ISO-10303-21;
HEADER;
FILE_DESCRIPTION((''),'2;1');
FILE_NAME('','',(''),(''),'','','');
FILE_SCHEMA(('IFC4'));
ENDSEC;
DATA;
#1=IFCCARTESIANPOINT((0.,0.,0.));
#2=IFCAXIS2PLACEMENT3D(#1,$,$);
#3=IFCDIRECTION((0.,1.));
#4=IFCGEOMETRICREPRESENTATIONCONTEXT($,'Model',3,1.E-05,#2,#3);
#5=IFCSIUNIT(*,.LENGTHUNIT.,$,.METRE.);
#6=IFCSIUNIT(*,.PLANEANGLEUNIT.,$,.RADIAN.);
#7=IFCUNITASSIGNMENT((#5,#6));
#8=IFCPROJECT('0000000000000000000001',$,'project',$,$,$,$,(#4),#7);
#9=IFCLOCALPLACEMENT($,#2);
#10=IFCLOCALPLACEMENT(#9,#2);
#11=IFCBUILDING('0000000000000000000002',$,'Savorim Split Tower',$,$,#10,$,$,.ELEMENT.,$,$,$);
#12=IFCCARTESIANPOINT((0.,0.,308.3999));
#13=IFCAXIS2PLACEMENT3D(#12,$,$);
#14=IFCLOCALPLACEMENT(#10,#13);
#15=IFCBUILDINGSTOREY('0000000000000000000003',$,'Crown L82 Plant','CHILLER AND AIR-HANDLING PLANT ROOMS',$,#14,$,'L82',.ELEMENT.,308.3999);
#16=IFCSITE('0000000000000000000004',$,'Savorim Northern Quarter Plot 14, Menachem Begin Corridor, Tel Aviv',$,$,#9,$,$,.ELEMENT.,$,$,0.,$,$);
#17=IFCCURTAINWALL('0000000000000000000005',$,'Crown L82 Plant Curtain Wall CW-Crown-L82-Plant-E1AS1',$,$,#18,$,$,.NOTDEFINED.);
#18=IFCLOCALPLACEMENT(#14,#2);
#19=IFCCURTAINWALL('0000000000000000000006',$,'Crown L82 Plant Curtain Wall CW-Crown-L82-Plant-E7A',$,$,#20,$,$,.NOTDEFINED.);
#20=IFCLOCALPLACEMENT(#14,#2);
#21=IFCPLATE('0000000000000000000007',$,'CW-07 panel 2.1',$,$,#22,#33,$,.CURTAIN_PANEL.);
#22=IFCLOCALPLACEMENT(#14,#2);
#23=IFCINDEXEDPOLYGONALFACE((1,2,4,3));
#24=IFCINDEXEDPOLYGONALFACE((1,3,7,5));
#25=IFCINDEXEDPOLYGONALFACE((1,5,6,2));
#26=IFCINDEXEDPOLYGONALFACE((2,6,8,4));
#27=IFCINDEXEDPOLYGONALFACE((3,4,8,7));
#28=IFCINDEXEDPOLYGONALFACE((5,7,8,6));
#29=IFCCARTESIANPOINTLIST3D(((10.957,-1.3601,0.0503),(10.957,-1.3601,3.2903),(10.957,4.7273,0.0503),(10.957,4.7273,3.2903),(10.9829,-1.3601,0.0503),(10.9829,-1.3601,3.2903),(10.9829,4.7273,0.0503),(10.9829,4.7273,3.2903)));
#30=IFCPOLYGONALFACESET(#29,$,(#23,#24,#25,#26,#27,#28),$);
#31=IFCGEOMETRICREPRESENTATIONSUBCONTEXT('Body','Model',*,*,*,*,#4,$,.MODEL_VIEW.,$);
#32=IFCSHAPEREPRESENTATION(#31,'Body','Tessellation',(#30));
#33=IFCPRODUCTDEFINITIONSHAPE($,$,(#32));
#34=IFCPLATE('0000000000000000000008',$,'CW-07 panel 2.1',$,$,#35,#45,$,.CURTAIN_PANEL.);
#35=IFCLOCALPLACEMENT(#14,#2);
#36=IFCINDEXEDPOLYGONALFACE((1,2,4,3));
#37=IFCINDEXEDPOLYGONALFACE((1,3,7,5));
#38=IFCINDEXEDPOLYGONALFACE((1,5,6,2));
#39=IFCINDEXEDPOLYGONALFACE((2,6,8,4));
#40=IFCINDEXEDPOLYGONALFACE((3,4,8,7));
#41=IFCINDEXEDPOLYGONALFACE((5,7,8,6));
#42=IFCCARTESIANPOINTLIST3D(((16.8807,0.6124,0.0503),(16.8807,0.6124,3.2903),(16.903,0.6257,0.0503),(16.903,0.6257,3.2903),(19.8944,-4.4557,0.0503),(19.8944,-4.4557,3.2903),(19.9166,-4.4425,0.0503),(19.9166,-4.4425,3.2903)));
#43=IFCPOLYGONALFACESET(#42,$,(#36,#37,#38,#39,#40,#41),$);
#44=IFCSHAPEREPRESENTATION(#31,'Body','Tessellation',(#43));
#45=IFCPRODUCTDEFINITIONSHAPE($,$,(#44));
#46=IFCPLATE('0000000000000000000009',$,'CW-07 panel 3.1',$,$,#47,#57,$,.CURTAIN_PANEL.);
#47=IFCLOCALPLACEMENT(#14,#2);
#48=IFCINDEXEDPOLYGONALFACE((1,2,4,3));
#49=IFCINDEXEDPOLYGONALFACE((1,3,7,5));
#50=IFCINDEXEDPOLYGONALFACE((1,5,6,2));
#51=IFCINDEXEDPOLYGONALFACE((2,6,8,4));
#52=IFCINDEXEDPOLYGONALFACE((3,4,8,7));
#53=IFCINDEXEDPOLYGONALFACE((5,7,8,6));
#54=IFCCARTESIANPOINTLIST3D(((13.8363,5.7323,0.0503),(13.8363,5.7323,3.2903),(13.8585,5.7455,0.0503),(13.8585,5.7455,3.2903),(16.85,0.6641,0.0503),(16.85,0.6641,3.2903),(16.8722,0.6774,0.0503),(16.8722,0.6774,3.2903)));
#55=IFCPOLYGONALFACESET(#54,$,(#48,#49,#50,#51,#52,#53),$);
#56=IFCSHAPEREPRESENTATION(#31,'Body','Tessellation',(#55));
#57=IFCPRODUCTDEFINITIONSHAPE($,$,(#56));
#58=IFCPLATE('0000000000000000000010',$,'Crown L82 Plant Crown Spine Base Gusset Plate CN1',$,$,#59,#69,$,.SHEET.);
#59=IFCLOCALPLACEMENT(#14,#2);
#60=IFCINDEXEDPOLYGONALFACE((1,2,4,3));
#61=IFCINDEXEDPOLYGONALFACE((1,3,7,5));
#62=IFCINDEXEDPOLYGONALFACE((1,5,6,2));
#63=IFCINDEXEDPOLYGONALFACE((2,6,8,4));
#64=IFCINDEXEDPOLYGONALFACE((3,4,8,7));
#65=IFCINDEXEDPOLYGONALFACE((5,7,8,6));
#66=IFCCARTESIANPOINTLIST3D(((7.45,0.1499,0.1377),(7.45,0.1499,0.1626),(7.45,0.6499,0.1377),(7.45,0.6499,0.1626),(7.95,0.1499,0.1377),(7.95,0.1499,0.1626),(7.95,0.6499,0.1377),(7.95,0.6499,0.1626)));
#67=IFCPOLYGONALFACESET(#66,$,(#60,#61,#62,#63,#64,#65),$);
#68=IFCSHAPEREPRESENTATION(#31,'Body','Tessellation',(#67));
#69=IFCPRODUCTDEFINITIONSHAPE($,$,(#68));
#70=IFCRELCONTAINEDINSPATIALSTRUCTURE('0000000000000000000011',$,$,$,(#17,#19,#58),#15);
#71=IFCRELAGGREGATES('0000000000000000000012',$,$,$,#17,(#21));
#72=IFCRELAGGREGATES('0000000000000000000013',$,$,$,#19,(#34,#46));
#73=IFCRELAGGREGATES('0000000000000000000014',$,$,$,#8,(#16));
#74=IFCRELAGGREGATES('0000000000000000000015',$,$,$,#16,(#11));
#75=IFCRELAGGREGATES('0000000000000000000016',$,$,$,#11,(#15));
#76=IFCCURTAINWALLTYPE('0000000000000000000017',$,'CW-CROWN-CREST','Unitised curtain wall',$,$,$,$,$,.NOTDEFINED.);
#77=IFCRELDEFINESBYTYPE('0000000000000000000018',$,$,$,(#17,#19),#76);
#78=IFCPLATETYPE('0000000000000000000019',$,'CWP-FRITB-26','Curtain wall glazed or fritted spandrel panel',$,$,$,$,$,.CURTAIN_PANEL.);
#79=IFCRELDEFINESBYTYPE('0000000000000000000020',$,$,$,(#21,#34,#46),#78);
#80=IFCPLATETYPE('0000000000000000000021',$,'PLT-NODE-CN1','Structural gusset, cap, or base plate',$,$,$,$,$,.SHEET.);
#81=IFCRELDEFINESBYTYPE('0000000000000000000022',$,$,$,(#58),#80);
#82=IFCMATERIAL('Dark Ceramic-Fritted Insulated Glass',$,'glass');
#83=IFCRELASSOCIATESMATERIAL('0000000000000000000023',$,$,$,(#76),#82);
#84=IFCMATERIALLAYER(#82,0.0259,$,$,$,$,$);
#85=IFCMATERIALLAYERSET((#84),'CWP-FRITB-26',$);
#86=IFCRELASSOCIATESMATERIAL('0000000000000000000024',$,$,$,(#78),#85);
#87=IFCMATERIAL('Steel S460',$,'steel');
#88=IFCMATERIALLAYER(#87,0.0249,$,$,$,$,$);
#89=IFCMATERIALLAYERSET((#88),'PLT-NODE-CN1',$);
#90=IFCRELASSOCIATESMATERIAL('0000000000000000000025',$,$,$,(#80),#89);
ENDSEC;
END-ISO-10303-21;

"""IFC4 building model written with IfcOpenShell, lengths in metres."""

from ifc_helpers import new_model, si_unit, direction, frame, origin, origin_2d, place, context, subcontext, project, spatial, rectangle, extrude, material, layer, layer_set, type_object, element, aggregate, save


model = new_model("IFC4")

# Units and contexts
model_context = context("Model", 3, precision=1e-05, world=origin(), true_north=direction((0.0, 1.0)))
body_context = subcontext(model_context, "Body", "Model", "MODEL_VIEW")
ifc_project = project(units=[si_unit("LENGTHUNIT", "METRE"), si_unit("PLANEANGLEUNIT", "RADIAN")], contexts=[model_context])

# Site, building, storey
site_placement = place(None, origin())
site = spatial("IfcSite", under=ifc_project, at=site_placement, Name="Savorim Northern Quarter Plot 14, Menachem Begin Corridor, Tel Aviv", CompositionType="ELEMENT", RefElevation=0.0)
building_placement = place(site_placement, origin())
building = spatial("IfcBuilding", under=site, at=building_placement, Name="Savorim Split Tower", CompositionType="ELEMENT")
storey_placement = place(building_placement, frame((0.0, 0.0, 308.3999)))
storey = spatial("IfcBuildingStorey", under=building, at=storey_placement, Name="Crown L82 Plant", Description="CHILLER AND AIR-HANDLING PLANT ROOMS", LongName="L82", CompositionType="ELEMENT", Elevation=308.3999)

# Curtain walls
ifc_material_1 = material(Name="Dark Ceramic-Fritted Insulated Glass", Category="glass")
curtain_wall_type = type_object("IfcCurtainWallType", Name="CW-CROWN-CREST", Description="Unitised curtain wall", PredefinedType="NOTDEFINED", material=ifc_material_1)
curtain_wall_1_placement = place(storey_placement, origin())
curtain_wall_1 = element("IfcCurtainWall", 1, at=curtain_wall_1_placement, inside=storey, type_object=curtain_wall_type, Name="Crown L82 Plant Curtain Wall CW-Crown-L82-Plant-E1AS1", PredefinedType="NOTDEFINED")
curtain_wall_2_placement = place(storey_placement, origin())
curtain_wall_2 = element("IfcCurtainWall", 2, at=curtain_wall_2_placement, inside=storey, type_object=curtain_wall_type, Name="Crown L82 Plant Curtain Wall CW-Crown-L82-Plant-E7A", PredefinedType="NOTDEFINED")

# Plates
ifc_layer_1 = layer(ifc_material_1, 0.0259)
ifc_layer_set_1 = layer_set([ifc_layer_1], Name="CWP-FRITB-26")
plate_type_1 = type_object("IfcPlateType", Name="CWP-FRITB-26", Description="Curtain wall glazed or fritted spandrel panel", PredefinedType="CURTAIN_PANEL", material=ifc_layer_set_1)
plate_1_placement = place(storey_placement, frame((10.97, 1.6836, 0.0503), z_axis=(0.0, 0.0, 1.0), x_axis=(0.0, -1.0, 0.0)))
plate_1 = element("IfcPlate", 3, at=plate_1_placement, type_object=plate_type_1, Name="CW-07 panel 2.1", PredefinedType="CURTAIN_PANEL", context=body_context, shape_type="SweptSolid", body=[
    extrude(rectangle(XDim=6.0874, YDim=0.0259, at=origin_2d()), origin(), (0.0, 0.0, 1.0), 3.24),
])
aggregate(curtain_wall_1, [plate_1])
plate_2_placement = place(storey_placement, frame((18.3987, -1.915, 0.0503), z_axis=(0.0, 0.0, 1.0), x_axis=(-0.511095, 0.859524, 0.0)))
plate_2 = element("IfcPlate", 4, at=plate_2_placement, type_object=plate_type_1, Name="CW-07 panel 2.1", PredefinedType="CURTAIN_PANEL", context=body_context, shape_type="SweptSolid", body=[
    extrude(rectangle(XDim=5.8965, YDim=0.0259, at=origin_2d()), origin(), (0.0, 0.0, 1.0), 3.24),
])
plate_3_placement = place(storey_placement, frame((15.3542, 3.2048, 0.0503), z_axis=(0.0, 0.0, 1.0), x_axis=(-0.511095, 0.859524, 0.0)))
plate_3 = element("IfcPlate", 5, at=plate_3_placement, type_object=plate_type_1, Name="CW-07 panel 3.1", PredefinedType="CURTAIN_PANEL", context=body_context, shape_type="SweptSolid", body=[
    extrude(rectangle(XDim=5.8965, YDim=0.0259, at=origin_2d()), origin(), (0.0, 0.0, 1.0), 3.24),
])
aggregate(curtain_wall_2, [plate_2, plate_3])
ifc_material_2 = material(Name="Steel S460", Category="steel")
ifc_layer_2 = layer(ifc_material_2, 0.0249)
ifc_layer_set_2 = layer_set([ifc_layer_2], Name="PLT-NODE-CN1")
plate_type_2 = type_object("IfcPlateType", Name="PLT-NODE-CN1", Description="Structural gusset, cap, or base plate", PredefinedType="SHEET", material=ifc_layer_set_2)
plate_4_placement = place(storey_placement, frame((7.7, 0.3999, 0.1377), z_axis=(0.0, 0.0, 1.0), x_axis=(1.0, 0.0, 0.0)))
element("IfcPlate", 6, at=plate_4_placement, inside=storey, type_object=plate_type_2, Name="Crown L82 Plant Crown Spine Base Gusset Plate CN1", PredefinedType="SHEET", context=body_context, shape_type="SweptSolid", body=[
    extrude(rectangle(XDim=0.5, YDim=0.5, at=origin_2d()), origin(), (0.0, 0.0, 1.0), 0.0249),
])

save(model, "model.ifc")
